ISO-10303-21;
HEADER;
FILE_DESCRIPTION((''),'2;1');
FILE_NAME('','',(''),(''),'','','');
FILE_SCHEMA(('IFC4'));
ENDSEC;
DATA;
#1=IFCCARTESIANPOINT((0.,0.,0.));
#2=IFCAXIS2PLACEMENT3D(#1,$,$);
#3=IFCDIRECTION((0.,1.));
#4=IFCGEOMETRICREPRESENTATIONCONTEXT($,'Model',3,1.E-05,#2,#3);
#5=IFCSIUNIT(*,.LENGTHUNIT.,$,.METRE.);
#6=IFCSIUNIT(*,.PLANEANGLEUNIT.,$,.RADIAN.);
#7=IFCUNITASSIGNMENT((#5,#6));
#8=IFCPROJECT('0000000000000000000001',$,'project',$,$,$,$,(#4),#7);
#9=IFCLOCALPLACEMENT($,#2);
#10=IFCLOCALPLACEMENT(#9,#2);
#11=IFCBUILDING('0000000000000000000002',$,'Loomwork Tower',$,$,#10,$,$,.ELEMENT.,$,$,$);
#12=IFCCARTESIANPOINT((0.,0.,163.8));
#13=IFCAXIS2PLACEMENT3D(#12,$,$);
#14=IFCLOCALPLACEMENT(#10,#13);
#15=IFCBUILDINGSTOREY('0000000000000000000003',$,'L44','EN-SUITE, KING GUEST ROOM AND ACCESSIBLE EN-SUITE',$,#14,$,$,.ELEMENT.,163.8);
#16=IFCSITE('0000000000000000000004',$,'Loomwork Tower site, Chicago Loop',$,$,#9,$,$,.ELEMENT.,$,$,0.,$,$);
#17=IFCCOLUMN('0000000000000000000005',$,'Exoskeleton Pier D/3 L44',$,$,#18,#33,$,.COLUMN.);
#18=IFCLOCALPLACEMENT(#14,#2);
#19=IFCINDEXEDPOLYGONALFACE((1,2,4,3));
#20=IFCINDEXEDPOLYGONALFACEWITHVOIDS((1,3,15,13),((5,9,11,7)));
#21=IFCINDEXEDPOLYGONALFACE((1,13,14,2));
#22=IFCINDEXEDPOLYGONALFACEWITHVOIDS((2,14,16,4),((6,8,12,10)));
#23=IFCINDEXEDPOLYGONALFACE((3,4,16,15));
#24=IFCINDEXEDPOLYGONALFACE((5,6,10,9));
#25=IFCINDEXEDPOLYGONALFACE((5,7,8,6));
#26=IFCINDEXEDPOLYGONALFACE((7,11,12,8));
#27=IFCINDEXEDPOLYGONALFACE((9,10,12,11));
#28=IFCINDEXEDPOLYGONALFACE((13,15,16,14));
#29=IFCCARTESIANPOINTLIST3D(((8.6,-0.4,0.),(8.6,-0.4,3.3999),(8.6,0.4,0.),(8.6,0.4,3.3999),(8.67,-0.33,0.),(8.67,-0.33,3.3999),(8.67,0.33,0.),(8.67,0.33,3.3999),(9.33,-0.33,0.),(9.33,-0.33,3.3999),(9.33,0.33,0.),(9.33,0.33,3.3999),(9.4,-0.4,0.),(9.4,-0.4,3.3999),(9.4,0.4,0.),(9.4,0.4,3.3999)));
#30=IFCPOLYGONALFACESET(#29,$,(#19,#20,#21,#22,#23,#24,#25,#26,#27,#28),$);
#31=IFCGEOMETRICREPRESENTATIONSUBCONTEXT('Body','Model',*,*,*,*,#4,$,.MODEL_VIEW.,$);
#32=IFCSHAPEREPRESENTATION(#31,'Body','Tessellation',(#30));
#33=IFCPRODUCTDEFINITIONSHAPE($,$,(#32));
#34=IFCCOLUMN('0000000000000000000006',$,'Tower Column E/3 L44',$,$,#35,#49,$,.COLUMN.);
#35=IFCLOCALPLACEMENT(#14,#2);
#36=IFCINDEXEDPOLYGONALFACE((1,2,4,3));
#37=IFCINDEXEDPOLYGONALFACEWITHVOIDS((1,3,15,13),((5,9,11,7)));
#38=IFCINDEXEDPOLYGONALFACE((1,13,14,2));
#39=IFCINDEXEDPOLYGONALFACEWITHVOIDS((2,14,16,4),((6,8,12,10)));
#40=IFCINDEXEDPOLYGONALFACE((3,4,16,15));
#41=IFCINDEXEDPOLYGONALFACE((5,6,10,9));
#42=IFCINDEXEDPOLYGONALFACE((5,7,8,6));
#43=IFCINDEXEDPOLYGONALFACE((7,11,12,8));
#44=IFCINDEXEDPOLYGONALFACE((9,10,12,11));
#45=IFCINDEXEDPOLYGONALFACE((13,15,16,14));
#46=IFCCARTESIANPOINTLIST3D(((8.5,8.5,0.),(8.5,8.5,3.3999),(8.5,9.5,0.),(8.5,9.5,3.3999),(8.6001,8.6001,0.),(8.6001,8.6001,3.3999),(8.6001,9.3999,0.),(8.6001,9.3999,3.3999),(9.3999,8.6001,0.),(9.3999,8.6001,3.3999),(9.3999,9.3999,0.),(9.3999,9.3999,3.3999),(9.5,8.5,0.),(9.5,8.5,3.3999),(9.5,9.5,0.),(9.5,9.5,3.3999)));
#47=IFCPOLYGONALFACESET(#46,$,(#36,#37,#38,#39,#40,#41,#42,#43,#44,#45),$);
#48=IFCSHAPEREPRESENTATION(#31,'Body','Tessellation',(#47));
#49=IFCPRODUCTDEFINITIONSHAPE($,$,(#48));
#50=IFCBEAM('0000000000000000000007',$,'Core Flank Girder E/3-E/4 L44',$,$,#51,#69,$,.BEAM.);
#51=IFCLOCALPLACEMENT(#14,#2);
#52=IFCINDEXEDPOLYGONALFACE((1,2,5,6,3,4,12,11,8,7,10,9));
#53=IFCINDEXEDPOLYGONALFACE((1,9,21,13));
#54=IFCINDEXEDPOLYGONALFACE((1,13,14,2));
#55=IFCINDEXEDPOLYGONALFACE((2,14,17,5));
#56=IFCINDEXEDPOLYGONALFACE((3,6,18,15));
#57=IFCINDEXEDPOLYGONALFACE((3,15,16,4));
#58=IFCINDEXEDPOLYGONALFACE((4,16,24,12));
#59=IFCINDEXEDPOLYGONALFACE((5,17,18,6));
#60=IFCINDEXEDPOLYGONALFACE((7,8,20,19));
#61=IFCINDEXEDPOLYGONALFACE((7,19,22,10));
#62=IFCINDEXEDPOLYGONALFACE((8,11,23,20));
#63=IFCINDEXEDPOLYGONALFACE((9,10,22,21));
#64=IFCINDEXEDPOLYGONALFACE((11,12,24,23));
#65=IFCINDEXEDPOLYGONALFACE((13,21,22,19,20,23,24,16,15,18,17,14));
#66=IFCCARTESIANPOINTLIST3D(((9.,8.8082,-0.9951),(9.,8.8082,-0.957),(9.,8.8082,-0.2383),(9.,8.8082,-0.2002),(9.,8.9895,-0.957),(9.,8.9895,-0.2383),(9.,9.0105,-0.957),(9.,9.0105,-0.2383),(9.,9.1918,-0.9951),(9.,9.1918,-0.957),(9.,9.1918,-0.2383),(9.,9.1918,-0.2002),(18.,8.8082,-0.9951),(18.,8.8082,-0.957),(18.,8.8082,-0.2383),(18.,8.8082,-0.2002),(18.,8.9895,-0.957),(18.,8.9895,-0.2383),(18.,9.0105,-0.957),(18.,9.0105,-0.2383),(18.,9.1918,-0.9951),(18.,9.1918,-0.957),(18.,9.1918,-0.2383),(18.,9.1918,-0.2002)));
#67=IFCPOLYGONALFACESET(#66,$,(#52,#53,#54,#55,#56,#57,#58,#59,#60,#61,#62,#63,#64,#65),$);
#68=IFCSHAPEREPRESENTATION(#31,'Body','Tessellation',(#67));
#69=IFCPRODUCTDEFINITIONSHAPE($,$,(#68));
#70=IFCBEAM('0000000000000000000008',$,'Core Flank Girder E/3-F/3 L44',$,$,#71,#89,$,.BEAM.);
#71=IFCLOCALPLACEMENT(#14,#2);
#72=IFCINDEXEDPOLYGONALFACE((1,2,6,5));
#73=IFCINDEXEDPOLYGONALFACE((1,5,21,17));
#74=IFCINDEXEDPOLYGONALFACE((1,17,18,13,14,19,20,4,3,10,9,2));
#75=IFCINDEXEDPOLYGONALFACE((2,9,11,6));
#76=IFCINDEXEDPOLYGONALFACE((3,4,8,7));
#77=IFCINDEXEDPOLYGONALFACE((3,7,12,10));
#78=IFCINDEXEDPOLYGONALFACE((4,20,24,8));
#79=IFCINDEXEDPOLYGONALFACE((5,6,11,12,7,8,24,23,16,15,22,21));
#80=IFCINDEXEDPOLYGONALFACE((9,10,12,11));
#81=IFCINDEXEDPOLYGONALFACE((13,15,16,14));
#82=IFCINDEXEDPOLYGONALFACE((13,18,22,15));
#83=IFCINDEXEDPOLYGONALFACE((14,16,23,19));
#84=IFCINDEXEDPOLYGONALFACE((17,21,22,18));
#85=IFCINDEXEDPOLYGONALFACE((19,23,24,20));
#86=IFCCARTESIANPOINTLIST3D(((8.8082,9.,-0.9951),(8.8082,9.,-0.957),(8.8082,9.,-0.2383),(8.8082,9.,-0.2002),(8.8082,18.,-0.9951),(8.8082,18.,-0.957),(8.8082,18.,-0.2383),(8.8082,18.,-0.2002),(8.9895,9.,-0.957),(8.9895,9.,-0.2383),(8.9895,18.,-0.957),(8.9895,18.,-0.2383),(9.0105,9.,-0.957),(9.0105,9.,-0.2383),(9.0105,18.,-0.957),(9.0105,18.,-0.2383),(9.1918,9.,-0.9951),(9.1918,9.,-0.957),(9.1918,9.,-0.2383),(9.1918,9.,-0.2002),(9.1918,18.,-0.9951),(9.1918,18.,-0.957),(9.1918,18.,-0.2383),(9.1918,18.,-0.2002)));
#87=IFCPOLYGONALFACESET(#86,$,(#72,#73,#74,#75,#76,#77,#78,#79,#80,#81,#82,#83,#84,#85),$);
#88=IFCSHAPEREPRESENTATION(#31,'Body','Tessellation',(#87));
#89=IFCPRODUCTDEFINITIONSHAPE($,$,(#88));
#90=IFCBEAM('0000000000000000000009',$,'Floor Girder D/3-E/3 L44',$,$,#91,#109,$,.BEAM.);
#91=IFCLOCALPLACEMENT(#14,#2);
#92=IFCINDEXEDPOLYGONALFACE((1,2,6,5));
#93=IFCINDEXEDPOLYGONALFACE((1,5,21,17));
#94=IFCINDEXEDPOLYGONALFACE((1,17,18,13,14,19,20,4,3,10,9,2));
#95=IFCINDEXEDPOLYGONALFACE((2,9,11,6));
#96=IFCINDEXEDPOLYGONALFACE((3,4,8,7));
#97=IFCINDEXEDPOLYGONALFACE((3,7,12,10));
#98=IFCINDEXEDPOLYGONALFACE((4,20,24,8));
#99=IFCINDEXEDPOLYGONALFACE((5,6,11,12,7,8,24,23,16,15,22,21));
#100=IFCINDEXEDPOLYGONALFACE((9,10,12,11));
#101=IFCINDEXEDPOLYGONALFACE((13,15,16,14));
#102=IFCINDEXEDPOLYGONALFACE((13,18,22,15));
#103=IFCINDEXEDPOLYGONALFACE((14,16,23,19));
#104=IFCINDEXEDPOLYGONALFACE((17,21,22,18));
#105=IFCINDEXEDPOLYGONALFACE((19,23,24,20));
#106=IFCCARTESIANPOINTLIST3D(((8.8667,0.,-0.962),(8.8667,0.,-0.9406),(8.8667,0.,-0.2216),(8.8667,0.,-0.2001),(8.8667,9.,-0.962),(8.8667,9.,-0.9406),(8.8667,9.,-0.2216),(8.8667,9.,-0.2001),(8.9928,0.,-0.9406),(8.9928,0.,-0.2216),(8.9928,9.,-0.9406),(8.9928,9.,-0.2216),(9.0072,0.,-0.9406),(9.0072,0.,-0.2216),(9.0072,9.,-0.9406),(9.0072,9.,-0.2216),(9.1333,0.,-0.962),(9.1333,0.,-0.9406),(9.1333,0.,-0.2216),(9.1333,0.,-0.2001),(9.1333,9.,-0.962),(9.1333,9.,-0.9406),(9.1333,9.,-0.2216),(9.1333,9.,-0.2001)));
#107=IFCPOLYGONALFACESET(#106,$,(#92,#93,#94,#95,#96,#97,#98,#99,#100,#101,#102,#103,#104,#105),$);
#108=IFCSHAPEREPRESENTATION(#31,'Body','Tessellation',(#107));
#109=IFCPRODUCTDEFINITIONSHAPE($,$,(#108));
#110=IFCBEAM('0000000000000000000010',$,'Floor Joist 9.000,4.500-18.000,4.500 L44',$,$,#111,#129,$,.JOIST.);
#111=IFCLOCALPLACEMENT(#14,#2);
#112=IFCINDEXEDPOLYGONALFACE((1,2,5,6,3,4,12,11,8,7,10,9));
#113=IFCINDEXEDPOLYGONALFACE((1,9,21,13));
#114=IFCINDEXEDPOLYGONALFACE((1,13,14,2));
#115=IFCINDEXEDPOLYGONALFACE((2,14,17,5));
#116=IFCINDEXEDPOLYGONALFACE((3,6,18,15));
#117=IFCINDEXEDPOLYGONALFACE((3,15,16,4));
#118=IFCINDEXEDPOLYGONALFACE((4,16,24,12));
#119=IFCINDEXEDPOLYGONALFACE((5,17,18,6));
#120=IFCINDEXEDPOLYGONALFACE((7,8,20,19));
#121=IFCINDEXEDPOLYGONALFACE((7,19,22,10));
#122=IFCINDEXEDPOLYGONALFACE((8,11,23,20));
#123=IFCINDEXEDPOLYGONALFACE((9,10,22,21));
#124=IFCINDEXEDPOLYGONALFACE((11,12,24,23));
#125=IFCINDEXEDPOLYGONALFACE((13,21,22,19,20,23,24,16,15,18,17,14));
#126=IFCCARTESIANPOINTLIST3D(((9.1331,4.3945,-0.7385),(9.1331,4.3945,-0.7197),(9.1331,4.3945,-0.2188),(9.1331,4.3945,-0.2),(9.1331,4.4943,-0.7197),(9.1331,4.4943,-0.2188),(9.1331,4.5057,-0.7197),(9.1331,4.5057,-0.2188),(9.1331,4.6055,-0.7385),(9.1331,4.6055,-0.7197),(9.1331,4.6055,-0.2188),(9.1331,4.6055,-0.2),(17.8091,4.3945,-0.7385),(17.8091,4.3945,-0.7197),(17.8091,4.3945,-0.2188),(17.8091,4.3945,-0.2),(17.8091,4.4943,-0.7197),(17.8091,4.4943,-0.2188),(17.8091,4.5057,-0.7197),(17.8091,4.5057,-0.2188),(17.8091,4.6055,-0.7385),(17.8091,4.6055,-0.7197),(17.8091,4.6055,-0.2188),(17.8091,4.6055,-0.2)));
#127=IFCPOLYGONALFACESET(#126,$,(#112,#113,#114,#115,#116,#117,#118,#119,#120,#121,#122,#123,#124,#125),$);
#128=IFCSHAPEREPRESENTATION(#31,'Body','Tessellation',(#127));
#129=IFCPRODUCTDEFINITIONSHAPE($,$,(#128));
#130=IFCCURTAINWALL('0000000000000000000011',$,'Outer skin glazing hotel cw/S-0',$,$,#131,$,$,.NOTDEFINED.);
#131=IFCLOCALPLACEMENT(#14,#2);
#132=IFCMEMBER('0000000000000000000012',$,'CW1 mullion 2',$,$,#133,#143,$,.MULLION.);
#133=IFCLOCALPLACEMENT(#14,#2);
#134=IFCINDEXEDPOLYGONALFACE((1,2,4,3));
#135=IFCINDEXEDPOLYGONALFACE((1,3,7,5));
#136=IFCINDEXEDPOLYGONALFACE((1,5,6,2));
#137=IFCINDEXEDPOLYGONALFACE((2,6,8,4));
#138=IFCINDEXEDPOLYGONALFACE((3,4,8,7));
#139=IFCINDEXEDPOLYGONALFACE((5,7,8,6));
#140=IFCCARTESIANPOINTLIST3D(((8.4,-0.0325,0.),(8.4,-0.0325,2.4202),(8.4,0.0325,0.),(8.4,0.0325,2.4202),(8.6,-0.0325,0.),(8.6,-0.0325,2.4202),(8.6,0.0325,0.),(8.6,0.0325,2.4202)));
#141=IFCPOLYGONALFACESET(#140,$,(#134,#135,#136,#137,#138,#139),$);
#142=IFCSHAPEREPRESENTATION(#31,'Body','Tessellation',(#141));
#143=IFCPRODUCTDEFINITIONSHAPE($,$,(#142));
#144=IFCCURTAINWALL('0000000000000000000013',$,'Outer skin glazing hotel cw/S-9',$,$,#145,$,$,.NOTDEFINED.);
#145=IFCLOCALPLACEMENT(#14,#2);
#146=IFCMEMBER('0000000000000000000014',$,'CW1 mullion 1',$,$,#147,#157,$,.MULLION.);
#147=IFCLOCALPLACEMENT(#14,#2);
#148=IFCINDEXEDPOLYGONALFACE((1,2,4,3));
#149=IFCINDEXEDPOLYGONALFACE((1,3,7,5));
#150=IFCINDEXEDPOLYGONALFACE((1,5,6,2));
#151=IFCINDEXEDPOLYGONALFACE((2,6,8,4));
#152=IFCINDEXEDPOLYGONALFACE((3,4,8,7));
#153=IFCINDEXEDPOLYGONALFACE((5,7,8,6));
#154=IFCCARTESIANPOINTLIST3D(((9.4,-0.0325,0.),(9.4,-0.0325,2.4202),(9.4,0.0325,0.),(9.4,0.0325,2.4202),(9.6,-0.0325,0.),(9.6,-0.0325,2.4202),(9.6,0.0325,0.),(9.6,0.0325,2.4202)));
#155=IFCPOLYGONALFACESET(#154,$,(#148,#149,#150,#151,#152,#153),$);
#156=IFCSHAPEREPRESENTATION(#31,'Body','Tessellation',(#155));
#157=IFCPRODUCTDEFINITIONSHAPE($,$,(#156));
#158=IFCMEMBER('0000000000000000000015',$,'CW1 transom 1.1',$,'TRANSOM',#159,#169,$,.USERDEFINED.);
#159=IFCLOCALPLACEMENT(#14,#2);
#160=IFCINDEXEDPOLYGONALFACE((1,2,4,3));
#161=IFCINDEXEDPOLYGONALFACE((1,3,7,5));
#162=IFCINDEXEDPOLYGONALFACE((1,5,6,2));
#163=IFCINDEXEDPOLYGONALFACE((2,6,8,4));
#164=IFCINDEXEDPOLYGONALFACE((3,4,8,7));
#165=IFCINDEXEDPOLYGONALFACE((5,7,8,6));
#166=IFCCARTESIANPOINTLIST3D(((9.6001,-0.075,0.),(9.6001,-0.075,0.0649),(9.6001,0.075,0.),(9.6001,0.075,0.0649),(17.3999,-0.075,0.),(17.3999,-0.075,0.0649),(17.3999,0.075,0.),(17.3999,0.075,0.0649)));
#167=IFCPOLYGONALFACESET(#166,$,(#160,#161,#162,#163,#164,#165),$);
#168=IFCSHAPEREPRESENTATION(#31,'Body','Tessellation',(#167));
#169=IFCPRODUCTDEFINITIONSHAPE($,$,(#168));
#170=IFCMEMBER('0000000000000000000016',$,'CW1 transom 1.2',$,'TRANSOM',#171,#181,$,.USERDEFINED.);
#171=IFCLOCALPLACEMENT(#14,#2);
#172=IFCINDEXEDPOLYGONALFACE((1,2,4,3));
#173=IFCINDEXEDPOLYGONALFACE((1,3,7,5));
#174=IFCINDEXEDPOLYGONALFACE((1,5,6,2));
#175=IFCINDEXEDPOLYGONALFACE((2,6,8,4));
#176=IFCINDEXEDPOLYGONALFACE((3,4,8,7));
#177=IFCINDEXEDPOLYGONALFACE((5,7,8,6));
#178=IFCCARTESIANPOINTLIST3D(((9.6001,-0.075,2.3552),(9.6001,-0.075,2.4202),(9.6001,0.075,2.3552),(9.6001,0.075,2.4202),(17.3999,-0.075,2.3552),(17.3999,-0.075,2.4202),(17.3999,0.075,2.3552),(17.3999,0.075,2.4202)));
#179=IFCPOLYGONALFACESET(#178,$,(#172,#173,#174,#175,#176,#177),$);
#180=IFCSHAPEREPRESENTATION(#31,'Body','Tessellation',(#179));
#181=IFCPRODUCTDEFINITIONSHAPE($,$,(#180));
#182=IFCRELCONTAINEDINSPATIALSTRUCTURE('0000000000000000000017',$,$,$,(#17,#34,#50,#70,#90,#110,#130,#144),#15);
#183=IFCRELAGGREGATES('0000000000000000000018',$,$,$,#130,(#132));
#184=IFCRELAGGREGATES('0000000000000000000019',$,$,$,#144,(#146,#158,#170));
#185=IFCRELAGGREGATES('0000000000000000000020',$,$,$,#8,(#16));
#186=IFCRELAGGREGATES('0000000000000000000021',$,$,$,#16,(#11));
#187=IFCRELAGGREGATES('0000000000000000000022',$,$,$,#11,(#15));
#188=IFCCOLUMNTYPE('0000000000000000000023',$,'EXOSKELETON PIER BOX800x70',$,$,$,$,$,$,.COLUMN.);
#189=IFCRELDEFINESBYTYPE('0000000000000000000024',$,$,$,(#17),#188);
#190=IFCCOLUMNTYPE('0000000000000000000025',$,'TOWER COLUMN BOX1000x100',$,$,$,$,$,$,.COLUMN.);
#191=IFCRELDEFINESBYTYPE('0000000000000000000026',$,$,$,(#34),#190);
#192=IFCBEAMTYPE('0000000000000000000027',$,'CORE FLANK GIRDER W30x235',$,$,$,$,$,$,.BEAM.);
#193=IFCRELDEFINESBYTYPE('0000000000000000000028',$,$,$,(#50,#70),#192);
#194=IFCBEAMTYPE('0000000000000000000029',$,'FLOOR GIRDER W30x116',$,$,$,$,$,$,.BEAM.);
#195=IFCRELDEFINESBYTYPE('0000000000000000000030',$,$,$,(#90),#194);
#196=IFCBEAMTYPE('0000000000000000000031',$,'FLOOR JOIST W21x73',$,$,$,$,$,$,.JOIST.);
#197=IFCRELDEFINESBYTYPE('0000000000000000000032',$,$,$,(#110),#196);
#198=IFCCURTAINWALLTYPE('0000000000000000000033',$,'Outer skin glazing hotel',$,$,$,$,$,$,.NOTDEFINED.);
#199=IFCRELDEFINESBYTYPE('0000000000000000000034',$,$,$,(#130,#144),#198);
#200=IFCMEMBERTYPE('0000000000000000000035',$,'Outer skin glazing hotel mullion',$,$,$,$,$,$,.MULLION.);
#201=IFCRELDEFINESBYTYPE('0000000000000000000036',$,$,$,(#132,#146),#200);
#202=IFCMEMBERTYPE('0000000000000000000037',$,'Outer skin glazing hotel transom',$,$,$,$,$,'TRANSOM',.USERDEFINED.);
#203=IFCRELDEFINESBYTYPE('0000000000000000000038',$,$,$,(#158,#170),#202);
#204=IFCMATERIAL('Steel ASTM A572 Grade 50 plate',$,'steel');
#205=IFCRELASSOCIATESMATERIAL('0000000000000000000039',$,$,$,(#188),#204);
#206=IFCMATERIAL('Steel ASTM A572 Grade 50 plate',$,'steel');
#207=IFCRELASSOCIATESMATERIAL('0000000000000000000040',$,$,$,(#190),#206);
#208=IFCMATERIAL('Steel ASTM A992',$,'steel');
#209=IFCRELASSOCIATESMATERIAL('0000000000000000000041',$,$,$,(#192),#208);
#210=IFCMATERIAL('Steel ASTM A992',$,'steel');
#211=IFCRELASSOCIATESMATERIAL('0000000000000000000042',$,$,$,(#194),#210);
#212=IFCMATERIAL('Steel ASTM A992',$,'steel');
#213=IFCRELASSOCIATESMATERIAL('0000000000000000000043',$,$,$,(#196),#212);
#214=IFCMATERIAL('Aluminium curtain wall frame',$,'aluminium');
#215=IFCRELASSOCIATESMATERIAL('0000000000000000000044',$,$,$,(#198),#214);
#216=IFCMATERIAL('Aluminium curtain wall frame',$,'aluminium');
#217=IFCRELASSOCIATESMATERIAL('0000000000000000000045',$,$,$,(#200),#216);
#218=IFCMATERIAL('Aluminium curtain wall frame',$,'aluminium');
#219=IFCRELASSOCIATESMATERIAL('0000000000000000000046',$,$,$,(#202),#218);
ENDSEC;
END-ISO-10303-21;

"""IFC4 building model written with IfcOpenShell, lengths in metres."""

from ifc_helpers import new_model, si_unit, direction, frame, origin, origin_2d, place, context, subcontext, project, spatial, rectangle, hollow_rectangle, i_section, extrude, material, material_profile, profile_set, type_object, element, aggregate, save


model = new_model("IFC4")

# Units and contexts
model_context = context("Model", 3, precision=1e-05, world=origin(), true_north=direction((0.0, 1.0)))
body_context = subcontext(model_context, "Body", "Model", "MODEL_VIEW")
ifc_project = project(units=[si_unit("LENGTHUNIT", "METRE"), si_unit("PLANEANGLEUNIT", "RADIAN")], contexts=[model_context])

# Site, building, storey
site_placement = place(None, origin())
site = spatial("IfcSite", under=ifc_project, at=site_placement, Name="Loomwork Tower site, Chicago Loop", CompositionType="ELEMENT", RefElevation=0.0)
building_placement = place(site_placement, origin())
building = spatial("IfcBuilding", under=site, at=building_placement, Name="Loomwork Tower", CompositionType="ELEMENT")
storey_placement = place(building_placement, frame((0.0, 0.0, 163.8)))
storey = spatial("IfcBuildingStorey", under=building, at=storey_placement, Name="L44", Description="EN-SUITE, KING GUEST ROOM AND ACCESSIBLE EN-SUITE", CompositionType="ELEMENT", Elevation=163.8)

# Columns
ifc_material_1 = material(Name="Steel ASTM A572 Grade 50 plate", Category="steel")
ifc_material_profile_1 = material_profile(ifc_material_1, hollow_rectangle(XDim=0.8, YDim=0.8, WallThickness=0.0701, at=origin_2d()), Name="BOX800x70")
ifc_profile_set_1 = profile_set([ifc_material_profile_1], Name="Steel ASTM A572 Grade 50 plate")
column_type_1 = type_object("IfcColumnType", Name="EXOSKELETON PIER BOX800x70", PredefinedType="COLUMN", material=ifc_profile_set_1)
column_1_placement = place(storey_placement, frame((9.0, 0.0, 0.0), z_axis=(0.0, 0.0, 1.0), x_axis=(1.0, 0.0, 0.0)))
element("IfcColumn", 1, at=column_1_placement, inside=storey, type_object=column_type_1, Name="Exoskeleton Pier D/3 L44", PredefinedType="COLUMN", context=body_context, shape_type="SweptSolid", body=[
    extrude(hollow_rectangle(XDim=0.8, YDim=0.8, WallThickness=0.0701, at=origin_2d()), origin(), (0.0, 0.0, 1.0), 3.3999),
])
ifc_material_2 = material(Name="Steel ASTM A572 Grade 50 plate", Category="steel")
ifc_material_profile_2 = material_profile(ifc_material_2, hollow_rectangle(XDim=1.0, YDim=1.0, WallThickness=0.1001, at=origin_2d()), Name="BOX1000x100")
ifc_profile_set_2 = profile_set([ifc_material_profile_2], Name="Steel ASTM A572 Grade 50 plate")
column_type_2 = type_object("IfcColumnType", Name="TOWER COLUMN BOX1000x100", PredefinedType="COLUMN", material=ifc_profile_set_2)
column_2_placement = place(storey_placement, frame((9.0, 9.0, 0.0), z_axis=(0.0, 0.0, 1.0), x_axis=(1.0, 0.0, 0.0)))
element("IfcColumn", 2, at=column_2_placement, inside=storey, type_object=column_type_2, Name="Tower Column E/3 L44", PredefinedType="COLUMN", context=body_context, shape_type="SweptSolid", body=[
    extrude(hollow_rectangle(XDim=1.0, YDim=1.0, WallThickness=0.1001, at=origin_2d()), origin(), (0.0, 0.0, 1.0), 3.3999),
])

# Beams
ifc_material_3 = material(Name="Steel ASTM A992", Category="steel")
ifc_material_profile_3 = material_profile(ifc_material_3, i_section(OverallWidth=0.3835, OverallDepth=0.7949, WebThickness=0.021, FlangeThickness=0.0381, at=origin_2d()), Name="W30x235")
ifc_profile_set_3 = profile_set([ifc_material_profile_3], Name="Steel ASTM A992")
beam_type_1 = type_object("IfcBeamType", Name="CORE FLANK GIRDER W30x235", PredefinedType="BEAM", material=ifc_profile_set_3)
for number, where, z_axis, x_axis, name in (
    (3, (9.0, 9.0, -0.5977), (1.0, 0.0, 0.0), (0.0, 1.0, 0.0), "Core Flank Girder E/3-E/4 L44"),
    (4, (9.0, 9.0, -0.5977), (0.0, 1.0, 0.0), (-1.0, 0.0, 0.0), "Core Flank Girder E/3-F/3 L44"),
):
    element("IfcBeam", number, at=place(storey_placement, frame(where, z_axis=z_axis, x_axis=x_axis)), inside=storey, type_object=beam_type_1, Name=name, PredefinedType="BEAM", context=body_context, shape_type="SweptSolid", body=[
        extrude(i_section(OverallWidth=0.3835, OverallDepth=0.7949, WebThickness=0.021, FlangeThickness=0.0381, at=origin_2d()), origin(), (0.0, 0.0, 1.0), 9.0),
    ])
ifc_material_4 = material(Name="Steel ASTM A992", Category="steel")
ifc_material_profile_4 = material_profile(ifc_material_4, i_section(OverallWidth=0.2666, OverallDepth=0.762, WebThickness=0.0144, FlangeThickness=0.0215, at=origin_2d()), Name="W30x116")
ifc_profile_set_4 = profile_set([ifc_material_profile_4], Name="Steel ASTM A992")
beam_type_2 = type_object("IfcBeamType", Name="FLOOR GIRDER W30x116", PredefinedType="BEAM", material=ifc_profile_set_4)
beam_1_placement = place(storey_placement, frame((9.0, 0.0, -0.5811), z_axis=(0.0, 1.0, 0.0), x_axis=(-1.0, 0.0, 0.0)))
element("IfcBeam", 5, at=beam_1_placement, inside=storey, type_object=beam_type_2, Name="Floor Girder D/3-E/3 L44", PredefinedType="BEAM", context=body_context, shape_type="SweptSolid", body=[
    extrude(i_section(OverallWidth=0.2666, OverallDepth=0.762, WebThickness=0.0144, FlangeThickness=0.0215, at=origin_2d()), origin(), (0.0, 0.0, 1.0), 9.0),
])
ifc_material_5 = material(Name="Steel ASTM A992", Category="steel")
ifc_material_profile_5 = material_profile(ifc_material_5, i_section(OverallWidth=0.2109, OverallDepth=0.5386, WebThickness=0.0115, FlangeThickness=0.0188, at=origin_2d()), Name="W21x73")
ifc_profile_set_5 = profile_set([ifc_material_profile_5], Name="Steel ASTM A992")
beam_type_3 = type_object("IfcBeamType", Name="FLOOR JOIST W21x73", PredefinedType="JOIST", material=ifc_profile_set_5)
beam_2_placement = place(storey_placement, frame((9.1331, 4.5, -0.4692), z_axis=(1.0, 0.0, 0.0), x_axis=(0.0, 1.0, 0.0)))
element("IfcBeam", 6, at=beam_2_placement, inside=storey, type_object=beam_type_3, Name="Floor Joist 9.000,4.500-18.000,4.500 L44", PredefinedType="JOIST", context=body_context, shape_type="SweptSolid", body=[
    extrude(i_section(OverallWidth=0.2109, OverallDepth=0.5386, WebThickness=0.0115, FlangeThickness=0.0188, at=origin_2d()), origin(), (0.0, 0.0, 1.0), 8.676),
])

# Curtain wall, member
ifc_material_6 = material(Name="Aluminium curtain wall frame", Category="aluminium")
curtain_wall_type = type_object("IfcCurtainWallType", Name="Outer skin glazing hotel", PredefinedType="NOTDEFINED", material=ifc_material_6)
curtain_wall_1_placement = place(storey_placement, origin())
curtain_wall_1 = element("IfcCurtainWall", 7, at=curtain_wall_1_placement, inside=storey, type_object=curtain_wall_type, Name="Outer skin glazing hotel cw/S-0", PredefinedType="NOTDEFINED")
ifc_material_7 = material(Name="Aluminium curtain wall frame", Category="aluminium")
ifc_material_profile_6 = material_profile(ifc_material_7, rectangle(XDim=0.0649, YDim=0.2, at=origin_2d()), Name="AL 65x200")
ifc_profile_set_6 = profile_set([ifc_material_profile_6], Name="Aluminium curtain wall frame")
member_type_1 = type_object("IfcMemberType", Name="Outer skin glazing hotel mullion", PredefinedType="MULLION", material=ifc_profile_set_6)
member_1_placement = place(storey_placement, frame((8.5, 0.0, 0.0), z_axis=(0.0, 0.0, 1.0), x_axis=(0.0, 1.0, 0.0)))
member_1 = element("IfcMember", 8, at=member_1_placement, type_object=member_type_1, Name="CW1 mullion 2", PredefinedType="MULLION", context=body_context, shape_type="SweptSolid", body=[
    extrude(rectangle(XDim=0.0649, YDim=0.2, at=origin_2d()), origin(), (0.0, 0.0, 1.0), 2.4202),
])
aggregate(curtain_wall_1, [member_1])

# Curtain wall, members
curtain_wall_2_placement = place(storey_placement, origin())
curtain_wall_2 = element("IfcCurtainWall", 9, at=curtain_wall_2_placement, inside=storey, type_object=curtain_wall_type, Name="Outer skin glazing hotel cw/S-9", PredefinedType="NOTDEFINED")
member_2_placement = place(storey_placement, frame((9.5, 0.0, 0.0), z_axis=(0.0, 0.0, 1.0), x_axis=(0.0, 1.0, 0.0)))
member_2 = element("IfcMember", 10, at=member_2_placement, type_object=member_type_1, Name="CW1 mullion 1", PredefinedType="MULLION", context=body_context, shape_type="SweptSolid", body=[
    extrude(rectangle(XDim=0.0649, YDim=0.2, at=origin_2d()), origin(), (0.0, 0.0, 1.0), 2.4202),
])
ifc_material_8 = material(Name="Aluminium curtain wall frame", Category="aluminium")
ifc_material_profile_7 = material_profile(ifc_material_8, rectangle(XDim=0.1499, YDim=0.0649, at=origin_2d()), Name="AL 65x150")
ifc_profile_set_7 = profile_set([ifc_material_profile_7], Name="Aluminium curtain wall frame")
member_type_2 = type_object("IfcMemberType", Name="Outer skin glazing hotel transom", ElementType="TRANSOM", PredefinedType="USERDEFINED", material=ifc_profile_set_7)
member_3_placement = place(storey_placement, frame((9.6001, 0.0, 0.0325), z_axis=(1.0, 0.0, 0.0), x_axis=(0.0, 1.0, 0.0)))
member_3 = element("IfcMember", 11, at=member_3_placement, type_object=member_type_2, Name="CW1 transom 1.1", ObjectType="TRANSOM", PredefinedType="USERDEFINED", context=body_context, shape_type="SweptSolid", body=[
    extrude(rectangle(XDim=0.1499, YDim=0.0649, at=origin_2d()), origin(), (0.0, 0.0, 1.0), 7.7998),
])
member_4_placement = place(storey_placement, frame((9.6001, 0.0, 2.3877), z_axis=(1.0, 0.0, 0.0), x_axis=(0.0, 1.0, 0.0)))
member_4 = element("IfcMember", 12, at=member_4_placement, type_object=member_type_2, Name="CW1 transom 1.2", ObjectType="TRANSOM", PredefinedType="USERDEFINED", context=body_context, shape_type="SweptSolid", body=[
    extrude(rectangle(XDim=0.1499, YDim=0.0649, at=origin_2d()), origin(), (0.0, 0.0, 1.0), 7.7998),
])
aggregate(curtain_wall_2, [member_2, member_3, member_4])

save(model, "model.ifc")
